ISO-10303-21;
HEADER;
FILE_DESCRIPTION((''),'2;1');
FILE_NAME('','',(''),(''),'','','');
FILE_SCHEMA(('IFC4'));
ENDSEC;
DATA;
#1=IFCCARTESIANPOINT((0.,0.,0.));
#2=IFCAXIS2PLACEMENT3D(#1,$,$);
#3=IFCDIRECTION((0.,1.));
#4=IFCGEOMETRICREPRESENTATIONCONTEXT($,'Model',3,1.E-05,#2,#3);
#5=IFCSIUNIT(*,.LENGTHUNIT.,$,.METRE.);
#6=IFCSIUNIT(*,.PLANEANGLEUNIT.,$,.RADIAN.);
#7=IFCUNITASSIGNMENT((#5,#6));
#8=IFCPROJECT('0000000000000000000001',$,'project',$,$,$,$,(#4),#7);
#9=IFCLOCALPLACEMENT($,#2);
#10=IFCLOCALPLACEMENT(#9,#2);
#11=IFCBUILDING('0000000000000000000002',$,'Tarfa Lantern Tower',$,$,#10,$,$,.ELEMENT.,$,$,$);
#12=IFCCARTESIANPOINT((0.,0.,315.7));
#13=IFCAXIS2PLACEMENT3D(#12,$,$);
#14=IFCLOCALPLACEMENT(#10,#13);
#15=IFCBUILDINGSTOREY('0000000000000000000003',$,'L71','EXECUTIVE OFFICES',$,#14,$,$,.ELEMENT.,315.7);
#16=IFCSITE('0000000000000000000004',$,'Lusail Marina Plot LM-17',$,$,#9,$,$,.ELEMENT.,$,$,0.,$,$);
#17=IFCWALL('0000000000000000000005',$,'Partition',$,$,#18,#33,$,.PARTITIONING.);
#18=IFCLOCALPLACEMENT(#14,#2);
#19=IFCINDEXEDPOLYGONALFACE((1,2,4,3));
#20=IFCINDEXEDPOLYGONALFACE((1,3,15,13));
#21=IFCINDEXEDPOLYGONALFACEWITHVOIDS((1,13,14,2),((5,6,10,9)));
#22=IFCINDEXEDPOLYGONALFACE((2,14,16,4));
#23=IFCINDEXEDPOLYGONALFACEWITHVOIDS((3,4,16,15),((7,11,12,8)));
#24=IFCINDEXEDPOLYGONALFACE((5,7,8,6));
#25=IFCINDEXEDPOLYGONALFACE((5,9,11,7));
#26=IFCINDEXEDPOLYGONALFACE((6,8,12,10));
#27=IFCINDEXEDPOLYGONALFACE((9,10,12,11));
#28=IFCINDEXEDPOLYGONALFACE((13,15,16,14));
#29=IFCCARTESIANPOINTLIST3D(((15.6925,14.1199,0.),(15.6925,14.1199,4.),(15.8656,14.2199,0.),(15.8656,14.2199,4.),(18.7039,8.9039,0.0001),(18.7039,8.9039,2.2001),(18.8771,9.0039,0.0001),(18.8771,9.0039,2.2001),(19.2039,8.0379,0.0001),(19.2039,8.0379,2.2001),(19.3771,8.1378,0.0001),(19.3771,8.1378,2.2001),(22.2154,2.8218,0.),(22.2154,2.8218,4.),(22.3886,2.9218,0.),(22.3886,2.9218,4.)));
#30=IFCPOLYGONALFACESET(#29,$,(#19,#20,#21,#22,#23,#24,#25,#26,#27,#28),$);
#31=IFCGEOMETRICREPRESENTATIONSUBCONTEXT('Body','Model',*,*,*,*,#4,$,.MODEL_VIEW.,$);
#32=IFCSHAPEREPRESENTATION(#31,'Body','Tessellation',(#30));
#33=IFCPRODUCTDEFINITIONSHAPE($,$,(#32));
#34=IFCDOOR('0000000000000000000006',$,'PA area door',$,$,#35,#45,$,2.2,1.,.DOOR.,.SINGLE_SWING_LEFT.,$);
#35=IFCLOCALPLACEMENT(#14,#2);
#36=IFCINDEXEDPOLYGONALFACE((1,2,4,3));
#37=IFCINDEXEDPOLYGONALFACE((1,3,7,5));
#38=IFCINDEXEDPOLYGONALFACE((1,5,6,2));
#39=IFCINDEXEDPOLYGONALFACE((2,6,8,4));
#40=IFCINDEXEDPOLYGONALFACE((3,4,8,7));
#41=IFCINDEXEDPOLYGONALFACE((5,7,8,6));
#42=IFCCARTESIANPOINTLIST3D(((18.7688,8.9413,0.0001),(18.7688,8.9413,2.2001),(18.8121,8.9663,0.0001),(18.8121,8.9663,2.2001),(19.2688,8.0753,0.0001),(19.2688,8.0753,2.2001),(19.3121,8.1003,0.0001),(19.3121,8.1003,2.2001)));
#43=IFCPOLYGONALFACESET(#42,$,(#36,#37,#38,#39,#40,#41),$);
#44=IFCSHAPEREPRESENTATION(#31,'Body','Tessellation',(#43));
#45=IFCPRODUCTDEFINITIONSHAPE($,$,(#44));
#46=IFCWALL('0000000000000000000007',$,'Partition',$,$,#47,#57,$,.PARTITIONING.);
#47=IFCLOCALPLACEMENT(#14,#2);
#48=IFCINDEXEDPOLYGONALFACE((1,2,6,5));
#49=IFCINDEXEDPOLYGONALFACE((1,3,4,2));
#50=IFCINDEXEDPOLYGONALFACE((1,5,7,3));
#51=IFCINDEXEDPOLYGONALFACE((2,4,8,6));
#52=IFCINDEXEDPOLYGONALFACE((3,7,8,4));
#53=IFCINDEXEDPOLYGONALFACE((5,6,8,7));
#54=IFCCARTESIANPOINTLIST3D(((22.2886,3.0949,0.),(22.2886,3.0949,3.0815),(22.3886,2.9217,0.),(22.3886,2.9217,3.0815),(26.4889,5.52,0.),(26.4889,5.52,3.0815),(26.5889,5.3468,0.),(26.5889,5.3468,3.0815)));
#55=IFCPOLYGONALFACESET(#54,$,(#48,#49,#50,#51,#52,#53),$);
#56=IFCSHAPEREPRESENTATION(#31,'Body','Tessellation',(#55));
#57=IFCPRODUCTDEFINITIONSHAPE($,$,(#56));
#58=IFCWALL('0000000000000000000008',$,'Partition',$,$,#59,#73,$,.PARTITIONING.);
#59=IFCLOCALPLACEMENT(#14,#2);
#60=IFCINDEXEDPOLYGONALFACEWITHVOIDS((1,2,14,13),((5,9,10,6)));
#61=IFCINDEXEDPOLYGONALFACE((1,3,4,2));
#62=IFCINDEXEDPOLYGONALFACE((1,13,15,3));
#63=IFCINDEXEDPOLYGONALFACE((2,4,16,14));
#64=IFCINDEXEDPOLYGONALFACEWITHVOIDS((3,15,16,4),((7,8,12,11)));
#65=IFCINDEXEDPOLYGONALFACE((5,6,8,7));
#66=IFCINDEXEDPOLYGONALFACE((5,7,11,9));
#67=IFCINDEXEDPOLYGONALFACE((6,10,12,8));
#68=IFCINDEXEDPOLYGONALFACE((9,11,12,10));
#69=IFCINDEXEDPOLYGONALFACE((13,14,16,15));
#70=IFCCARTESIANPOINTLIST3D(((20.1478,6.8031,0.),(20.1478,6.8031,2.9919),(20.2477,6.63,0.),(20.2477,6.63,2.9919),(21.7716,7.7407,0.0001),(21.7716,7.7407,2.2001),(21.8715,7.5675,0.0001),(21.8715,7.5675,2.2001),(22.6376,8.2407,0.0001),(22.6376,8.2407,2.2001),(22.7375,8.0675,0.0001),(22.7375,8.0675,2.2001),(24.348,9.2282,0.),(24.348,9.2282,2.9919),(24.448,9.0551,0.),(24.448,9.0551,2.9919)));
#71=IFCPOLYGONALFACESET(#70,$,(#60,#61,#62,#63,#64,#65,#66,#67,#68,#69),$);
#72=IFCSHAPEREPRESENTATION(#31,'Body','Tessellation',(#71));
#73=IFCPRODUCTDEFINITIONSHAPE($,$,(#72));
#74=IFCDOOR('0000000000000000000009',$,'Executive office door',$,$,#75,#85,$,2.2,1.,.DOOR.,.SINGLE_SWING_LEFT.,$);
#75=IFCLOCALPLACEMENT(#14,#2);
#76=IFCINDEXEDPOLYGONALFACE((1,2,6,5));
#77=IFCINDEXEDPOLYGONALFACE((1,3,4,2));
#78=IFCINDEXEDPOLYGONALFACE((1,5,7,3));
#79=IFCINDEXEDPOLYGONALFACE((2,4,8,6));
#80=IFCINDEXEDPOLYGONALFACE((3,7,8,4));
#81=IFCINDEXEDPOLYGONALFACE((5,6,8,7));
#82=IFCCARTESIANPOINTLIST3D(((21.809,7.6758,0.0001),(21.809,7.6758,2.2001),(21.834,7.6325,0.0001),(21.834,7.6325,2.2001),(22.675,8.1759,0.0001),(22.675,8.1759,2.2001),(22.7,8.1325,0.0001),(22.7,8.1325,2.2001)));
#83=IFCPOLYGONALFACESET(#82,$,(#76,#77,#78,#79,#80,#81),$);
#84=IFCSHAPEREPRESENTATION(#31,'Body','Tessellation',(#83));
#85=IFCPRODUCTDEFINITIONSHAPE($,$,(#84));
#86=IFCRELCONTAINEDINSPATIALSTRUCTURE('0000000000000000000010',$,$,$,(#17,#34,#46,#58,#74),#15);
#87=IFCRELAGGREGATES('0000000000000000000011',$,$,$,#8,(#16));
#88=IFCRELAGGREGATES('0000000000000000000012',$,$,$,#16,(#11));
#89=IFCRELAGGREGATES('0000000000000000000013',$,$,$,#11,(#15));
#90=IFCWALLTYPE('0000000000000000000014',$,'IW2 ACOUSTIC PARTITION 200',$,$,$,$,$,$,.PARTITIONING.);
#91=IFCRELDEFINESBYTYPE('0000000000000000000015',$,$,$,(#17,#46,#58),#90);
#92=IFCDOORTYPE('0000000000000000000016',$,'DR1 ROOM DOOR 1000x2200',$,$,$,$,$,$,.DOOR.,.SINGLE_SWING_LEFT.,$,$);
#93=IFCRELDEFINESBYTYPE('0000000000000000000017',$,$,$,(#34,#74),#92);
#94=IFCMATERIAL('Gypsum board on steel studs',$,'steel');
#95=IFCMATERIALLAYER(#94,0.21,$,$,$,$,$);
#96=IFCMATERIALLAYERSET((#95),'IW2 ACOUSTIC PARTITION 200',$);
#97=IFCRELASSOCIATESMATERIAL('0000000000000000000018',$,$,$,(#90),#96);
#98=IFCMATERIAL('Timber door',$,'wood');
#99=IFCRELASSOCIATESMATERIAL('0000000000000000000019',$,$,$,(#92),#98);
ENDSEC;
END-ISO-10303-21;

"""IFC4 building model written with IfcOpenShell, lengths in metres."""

from ifc_helpers import new_model, si_unit, direction, frame, frame_2d, origin, place, context, subcontext, project, spatial, rectangle, extrude, material, layer, layer_set, type_object, element, fill, save


model = new_model("IFC4")

# Units and contexts
model_context = context("Model", 3, precision=1e-05, world=origin(), true_north=direction((0.0, 1.0)))
body_context = subcontext(model_context, "Body", "Model", "MODEL_VIEW")
ifc_project = project(units=[si_unit("LENGTHUNIT", "METRE"), si_unit("PLANEANGLEUNIT", "RADIAN")], contexts=[model_context])

# Site, building, storey
site_placement = place(None, origin())
site = spatial("IfcSite", under=ifc_project, at=site_placement, Name="Lusail Marina Plot LM-17", CompositionType="ELEMENT", RefElevation=0.0)
building_placement = place(site_placement, origin())
building = spatial("IfcBuilding", under=site, at=building_placement, Name="Tarfa Lantern Tower", CompositionType="ELEMENT")
storey_placement = place(building_placement, frame((0.0, 0.0, 315.7)))
storey = spatial("IfcBuildingStorey", under=building, at=storey_placement, Name="L71", Description="EXECUTIVE OFFICES", CompositionType="ELEMENT", Elevation=315.7)

# Wall, opening, door
ifc_material_1 = material(Name="Gypsum board on steel studs", Category="steel")
ifc_layer_1 = layer(ifc_material_1, 0.21)
ifc_layer_set_1 = layer_set([ifc_layer_1], Name="IW2 ACOUSTIC PARTITION 200")
wall_type = type_object("IfcWallType", Name="IW2 ACOUSTIC PARTITION 200", PredefinedType="PARTITIONING", material=ifc_layer_set_1)
wall_1_placement = place(storey_placement, frame((22.302, 2.8718, 0.0), z_axis=(0.0, 0.0, 1.0), x_axis=(-0.499999, 0.866026, 0.0)))
wall_1 = element("IfcWall", 1, at=wall_1_placement, inside=storey, type_object=wall_type, Name="Partition", PredefinedType="PARTITIONING", context=body_context, shape_type="SweptSolid", body=[
    extrude(rectangle(XDim=13.0459, YDim=0.2, at=frame_2d((6.5229, 0.0))), origin(), (0.0, 0.0, 1.0), 4.0),
])
opening_1_placement = place(wall_1_placement, frame((6.0229, 0.0, 0.0)))
opening_1 = element("IfcOpeningElement", 2, at=opening_1_placement, cuts=wall_1, PredefinedType="OPENING", context=body_context, shape_type="SweptSolid", body=[
    extrude(rectangle(XDim=1.0, YDim=2.2, at=frame_2d((0.5, 1.1001))), frame((0.0, 0.1099, 0.0), z_axis=(0.0, -1.0, 0.0), x_axis=(1.0, 0.0, 0.0)), (0.0, 0.0, 1.0), 0.22),
])
ifc_material_2 = material(Name="Timber door", Category="wood")
door_type = type_object("IfcDoorType", Name="DR1 ROOM DOOR 1000x2200", OperationType="SINGLE_SWING_LEFT", PredefinedType="DOOR", material=ifc_material_2)
door_1_placement = place(opening_1_placement, frame((1.0, 0.0, 0.0), z_axis=(0.0, 0.0, 1.0), x_axis=(-1.0, 0.0, 0.0)))
door_1 = element("IfcDoor", 3, at=door_1_placement, inside=storey, type_object=door_type, Name="PA area door", OperationType="SINGLE_SWING_LEFT", OverallHeight=2.2, OverallWidth=1.0, PredefinedType="DOOR", context=body_context, shape_type="SweptSolid", body=[
    extrude(rectangle(XDim=1.0, YDim=2.2, at=frame_2d((0.5, 1.1001))), frame((0.0, 0.0249, 0.0), z_axis=(0.0, -1.0, 0.0), x_axis=(1.0, 0.0, 0.0)), (0.0, 0.0, 1.0), 0.05),
])
fill(opening_1, door_1)

# Wall
wall_2_placement = place(storey_placement, frame((22.3386, 3.0083, 0.0), z_axis=(0.0, 0.0, 1.0), x_axis=(0.86602, 0.50001, 0.0)))
element("IfcWall", 4, at=wall_2_placement, inside=storey, type_object=wall_type, Name="Partition", PredefinedType="PARTITIONING", context=body_context, shape_type="SweptSolid", body=[
    extrude(rectangle(XDim=4.8501, YDim=0.2, at=frame_2d((2.425, 0.0))), origin(), (0.0, 0.0, 1.0), 3.0815),
])

# Wall, opening, door
wall_3_placement = place(storey_placement, frame((20.1978, 6.7166, 0.0), z_axis=(0.0, 0.0, 1.0), x_axis=(0.86602, 0.50001, 0.0)))
wall_3 = element("IfcWall", 5, at=wall_3_placement, inside=storey, type_object=wall_type, Name="Partition", PredefinedType="PARTITIONING", context=body_context, shape_type="SweptSolid", body=[
    extrude(rectangle(XDim=4.8501, YDim=0.2, at=frame_2d((2.425, 0.0))), origin(), (0.0, 0.0, 1.0), 2.9919),
])
opening_2_placement = place(wall_3_placement, frame((1.875, 0.0, 0.0)))
opening_2 = element("IfcOpeningElement", 6, at=opening_2_placement, cuts=wall_3, PredefinedType="OPENING", context=body_context, shape_type="SweptSolid", body=[
    extrude(rectangle(XDim=1.0, YDim=2.2, at=frame_2d((0.5, 1.1001))), frame((0.0, 0.1099, 0.0), z_axis=(0.0, -1.0, 0.0), x_axis=(1.0, 0.0, 0.0)), (0.0, 0.0, 1.0), 0.22),
])
door_2_placement = place(opening_2_placement, frame((1.0, 0.0, 0.0), z_axis=(0.0, 0.0, 1.0), x_axis=(-1.0, 0.0, 0.0)))
door_2 = element("IfcDoor", 7, at=door_2_placement, inside=storey, type_object=door_type, Name="Executive office door", OperationType="SINGLE_SWING_LEFT", OverallHeight=2.2, OverallWidth=1.0, PredefinedType="DOOR", context=body_context, shape_type="SweptSolid", body=[
    extrude(rectangle(XDim=1.0, YDim=2.2, at=frame_2d((0.5, 1.1001))), frame((0.0, 0.0249, 0.0), z_axis=(0.0, -1.0, 0.0), x_axis=(1.0, 0.0, 0.0)), (0.0, 0.0, 1.0), 0.05),
])
fill(opening_2, door_2)

save(model, "model.ifc")
